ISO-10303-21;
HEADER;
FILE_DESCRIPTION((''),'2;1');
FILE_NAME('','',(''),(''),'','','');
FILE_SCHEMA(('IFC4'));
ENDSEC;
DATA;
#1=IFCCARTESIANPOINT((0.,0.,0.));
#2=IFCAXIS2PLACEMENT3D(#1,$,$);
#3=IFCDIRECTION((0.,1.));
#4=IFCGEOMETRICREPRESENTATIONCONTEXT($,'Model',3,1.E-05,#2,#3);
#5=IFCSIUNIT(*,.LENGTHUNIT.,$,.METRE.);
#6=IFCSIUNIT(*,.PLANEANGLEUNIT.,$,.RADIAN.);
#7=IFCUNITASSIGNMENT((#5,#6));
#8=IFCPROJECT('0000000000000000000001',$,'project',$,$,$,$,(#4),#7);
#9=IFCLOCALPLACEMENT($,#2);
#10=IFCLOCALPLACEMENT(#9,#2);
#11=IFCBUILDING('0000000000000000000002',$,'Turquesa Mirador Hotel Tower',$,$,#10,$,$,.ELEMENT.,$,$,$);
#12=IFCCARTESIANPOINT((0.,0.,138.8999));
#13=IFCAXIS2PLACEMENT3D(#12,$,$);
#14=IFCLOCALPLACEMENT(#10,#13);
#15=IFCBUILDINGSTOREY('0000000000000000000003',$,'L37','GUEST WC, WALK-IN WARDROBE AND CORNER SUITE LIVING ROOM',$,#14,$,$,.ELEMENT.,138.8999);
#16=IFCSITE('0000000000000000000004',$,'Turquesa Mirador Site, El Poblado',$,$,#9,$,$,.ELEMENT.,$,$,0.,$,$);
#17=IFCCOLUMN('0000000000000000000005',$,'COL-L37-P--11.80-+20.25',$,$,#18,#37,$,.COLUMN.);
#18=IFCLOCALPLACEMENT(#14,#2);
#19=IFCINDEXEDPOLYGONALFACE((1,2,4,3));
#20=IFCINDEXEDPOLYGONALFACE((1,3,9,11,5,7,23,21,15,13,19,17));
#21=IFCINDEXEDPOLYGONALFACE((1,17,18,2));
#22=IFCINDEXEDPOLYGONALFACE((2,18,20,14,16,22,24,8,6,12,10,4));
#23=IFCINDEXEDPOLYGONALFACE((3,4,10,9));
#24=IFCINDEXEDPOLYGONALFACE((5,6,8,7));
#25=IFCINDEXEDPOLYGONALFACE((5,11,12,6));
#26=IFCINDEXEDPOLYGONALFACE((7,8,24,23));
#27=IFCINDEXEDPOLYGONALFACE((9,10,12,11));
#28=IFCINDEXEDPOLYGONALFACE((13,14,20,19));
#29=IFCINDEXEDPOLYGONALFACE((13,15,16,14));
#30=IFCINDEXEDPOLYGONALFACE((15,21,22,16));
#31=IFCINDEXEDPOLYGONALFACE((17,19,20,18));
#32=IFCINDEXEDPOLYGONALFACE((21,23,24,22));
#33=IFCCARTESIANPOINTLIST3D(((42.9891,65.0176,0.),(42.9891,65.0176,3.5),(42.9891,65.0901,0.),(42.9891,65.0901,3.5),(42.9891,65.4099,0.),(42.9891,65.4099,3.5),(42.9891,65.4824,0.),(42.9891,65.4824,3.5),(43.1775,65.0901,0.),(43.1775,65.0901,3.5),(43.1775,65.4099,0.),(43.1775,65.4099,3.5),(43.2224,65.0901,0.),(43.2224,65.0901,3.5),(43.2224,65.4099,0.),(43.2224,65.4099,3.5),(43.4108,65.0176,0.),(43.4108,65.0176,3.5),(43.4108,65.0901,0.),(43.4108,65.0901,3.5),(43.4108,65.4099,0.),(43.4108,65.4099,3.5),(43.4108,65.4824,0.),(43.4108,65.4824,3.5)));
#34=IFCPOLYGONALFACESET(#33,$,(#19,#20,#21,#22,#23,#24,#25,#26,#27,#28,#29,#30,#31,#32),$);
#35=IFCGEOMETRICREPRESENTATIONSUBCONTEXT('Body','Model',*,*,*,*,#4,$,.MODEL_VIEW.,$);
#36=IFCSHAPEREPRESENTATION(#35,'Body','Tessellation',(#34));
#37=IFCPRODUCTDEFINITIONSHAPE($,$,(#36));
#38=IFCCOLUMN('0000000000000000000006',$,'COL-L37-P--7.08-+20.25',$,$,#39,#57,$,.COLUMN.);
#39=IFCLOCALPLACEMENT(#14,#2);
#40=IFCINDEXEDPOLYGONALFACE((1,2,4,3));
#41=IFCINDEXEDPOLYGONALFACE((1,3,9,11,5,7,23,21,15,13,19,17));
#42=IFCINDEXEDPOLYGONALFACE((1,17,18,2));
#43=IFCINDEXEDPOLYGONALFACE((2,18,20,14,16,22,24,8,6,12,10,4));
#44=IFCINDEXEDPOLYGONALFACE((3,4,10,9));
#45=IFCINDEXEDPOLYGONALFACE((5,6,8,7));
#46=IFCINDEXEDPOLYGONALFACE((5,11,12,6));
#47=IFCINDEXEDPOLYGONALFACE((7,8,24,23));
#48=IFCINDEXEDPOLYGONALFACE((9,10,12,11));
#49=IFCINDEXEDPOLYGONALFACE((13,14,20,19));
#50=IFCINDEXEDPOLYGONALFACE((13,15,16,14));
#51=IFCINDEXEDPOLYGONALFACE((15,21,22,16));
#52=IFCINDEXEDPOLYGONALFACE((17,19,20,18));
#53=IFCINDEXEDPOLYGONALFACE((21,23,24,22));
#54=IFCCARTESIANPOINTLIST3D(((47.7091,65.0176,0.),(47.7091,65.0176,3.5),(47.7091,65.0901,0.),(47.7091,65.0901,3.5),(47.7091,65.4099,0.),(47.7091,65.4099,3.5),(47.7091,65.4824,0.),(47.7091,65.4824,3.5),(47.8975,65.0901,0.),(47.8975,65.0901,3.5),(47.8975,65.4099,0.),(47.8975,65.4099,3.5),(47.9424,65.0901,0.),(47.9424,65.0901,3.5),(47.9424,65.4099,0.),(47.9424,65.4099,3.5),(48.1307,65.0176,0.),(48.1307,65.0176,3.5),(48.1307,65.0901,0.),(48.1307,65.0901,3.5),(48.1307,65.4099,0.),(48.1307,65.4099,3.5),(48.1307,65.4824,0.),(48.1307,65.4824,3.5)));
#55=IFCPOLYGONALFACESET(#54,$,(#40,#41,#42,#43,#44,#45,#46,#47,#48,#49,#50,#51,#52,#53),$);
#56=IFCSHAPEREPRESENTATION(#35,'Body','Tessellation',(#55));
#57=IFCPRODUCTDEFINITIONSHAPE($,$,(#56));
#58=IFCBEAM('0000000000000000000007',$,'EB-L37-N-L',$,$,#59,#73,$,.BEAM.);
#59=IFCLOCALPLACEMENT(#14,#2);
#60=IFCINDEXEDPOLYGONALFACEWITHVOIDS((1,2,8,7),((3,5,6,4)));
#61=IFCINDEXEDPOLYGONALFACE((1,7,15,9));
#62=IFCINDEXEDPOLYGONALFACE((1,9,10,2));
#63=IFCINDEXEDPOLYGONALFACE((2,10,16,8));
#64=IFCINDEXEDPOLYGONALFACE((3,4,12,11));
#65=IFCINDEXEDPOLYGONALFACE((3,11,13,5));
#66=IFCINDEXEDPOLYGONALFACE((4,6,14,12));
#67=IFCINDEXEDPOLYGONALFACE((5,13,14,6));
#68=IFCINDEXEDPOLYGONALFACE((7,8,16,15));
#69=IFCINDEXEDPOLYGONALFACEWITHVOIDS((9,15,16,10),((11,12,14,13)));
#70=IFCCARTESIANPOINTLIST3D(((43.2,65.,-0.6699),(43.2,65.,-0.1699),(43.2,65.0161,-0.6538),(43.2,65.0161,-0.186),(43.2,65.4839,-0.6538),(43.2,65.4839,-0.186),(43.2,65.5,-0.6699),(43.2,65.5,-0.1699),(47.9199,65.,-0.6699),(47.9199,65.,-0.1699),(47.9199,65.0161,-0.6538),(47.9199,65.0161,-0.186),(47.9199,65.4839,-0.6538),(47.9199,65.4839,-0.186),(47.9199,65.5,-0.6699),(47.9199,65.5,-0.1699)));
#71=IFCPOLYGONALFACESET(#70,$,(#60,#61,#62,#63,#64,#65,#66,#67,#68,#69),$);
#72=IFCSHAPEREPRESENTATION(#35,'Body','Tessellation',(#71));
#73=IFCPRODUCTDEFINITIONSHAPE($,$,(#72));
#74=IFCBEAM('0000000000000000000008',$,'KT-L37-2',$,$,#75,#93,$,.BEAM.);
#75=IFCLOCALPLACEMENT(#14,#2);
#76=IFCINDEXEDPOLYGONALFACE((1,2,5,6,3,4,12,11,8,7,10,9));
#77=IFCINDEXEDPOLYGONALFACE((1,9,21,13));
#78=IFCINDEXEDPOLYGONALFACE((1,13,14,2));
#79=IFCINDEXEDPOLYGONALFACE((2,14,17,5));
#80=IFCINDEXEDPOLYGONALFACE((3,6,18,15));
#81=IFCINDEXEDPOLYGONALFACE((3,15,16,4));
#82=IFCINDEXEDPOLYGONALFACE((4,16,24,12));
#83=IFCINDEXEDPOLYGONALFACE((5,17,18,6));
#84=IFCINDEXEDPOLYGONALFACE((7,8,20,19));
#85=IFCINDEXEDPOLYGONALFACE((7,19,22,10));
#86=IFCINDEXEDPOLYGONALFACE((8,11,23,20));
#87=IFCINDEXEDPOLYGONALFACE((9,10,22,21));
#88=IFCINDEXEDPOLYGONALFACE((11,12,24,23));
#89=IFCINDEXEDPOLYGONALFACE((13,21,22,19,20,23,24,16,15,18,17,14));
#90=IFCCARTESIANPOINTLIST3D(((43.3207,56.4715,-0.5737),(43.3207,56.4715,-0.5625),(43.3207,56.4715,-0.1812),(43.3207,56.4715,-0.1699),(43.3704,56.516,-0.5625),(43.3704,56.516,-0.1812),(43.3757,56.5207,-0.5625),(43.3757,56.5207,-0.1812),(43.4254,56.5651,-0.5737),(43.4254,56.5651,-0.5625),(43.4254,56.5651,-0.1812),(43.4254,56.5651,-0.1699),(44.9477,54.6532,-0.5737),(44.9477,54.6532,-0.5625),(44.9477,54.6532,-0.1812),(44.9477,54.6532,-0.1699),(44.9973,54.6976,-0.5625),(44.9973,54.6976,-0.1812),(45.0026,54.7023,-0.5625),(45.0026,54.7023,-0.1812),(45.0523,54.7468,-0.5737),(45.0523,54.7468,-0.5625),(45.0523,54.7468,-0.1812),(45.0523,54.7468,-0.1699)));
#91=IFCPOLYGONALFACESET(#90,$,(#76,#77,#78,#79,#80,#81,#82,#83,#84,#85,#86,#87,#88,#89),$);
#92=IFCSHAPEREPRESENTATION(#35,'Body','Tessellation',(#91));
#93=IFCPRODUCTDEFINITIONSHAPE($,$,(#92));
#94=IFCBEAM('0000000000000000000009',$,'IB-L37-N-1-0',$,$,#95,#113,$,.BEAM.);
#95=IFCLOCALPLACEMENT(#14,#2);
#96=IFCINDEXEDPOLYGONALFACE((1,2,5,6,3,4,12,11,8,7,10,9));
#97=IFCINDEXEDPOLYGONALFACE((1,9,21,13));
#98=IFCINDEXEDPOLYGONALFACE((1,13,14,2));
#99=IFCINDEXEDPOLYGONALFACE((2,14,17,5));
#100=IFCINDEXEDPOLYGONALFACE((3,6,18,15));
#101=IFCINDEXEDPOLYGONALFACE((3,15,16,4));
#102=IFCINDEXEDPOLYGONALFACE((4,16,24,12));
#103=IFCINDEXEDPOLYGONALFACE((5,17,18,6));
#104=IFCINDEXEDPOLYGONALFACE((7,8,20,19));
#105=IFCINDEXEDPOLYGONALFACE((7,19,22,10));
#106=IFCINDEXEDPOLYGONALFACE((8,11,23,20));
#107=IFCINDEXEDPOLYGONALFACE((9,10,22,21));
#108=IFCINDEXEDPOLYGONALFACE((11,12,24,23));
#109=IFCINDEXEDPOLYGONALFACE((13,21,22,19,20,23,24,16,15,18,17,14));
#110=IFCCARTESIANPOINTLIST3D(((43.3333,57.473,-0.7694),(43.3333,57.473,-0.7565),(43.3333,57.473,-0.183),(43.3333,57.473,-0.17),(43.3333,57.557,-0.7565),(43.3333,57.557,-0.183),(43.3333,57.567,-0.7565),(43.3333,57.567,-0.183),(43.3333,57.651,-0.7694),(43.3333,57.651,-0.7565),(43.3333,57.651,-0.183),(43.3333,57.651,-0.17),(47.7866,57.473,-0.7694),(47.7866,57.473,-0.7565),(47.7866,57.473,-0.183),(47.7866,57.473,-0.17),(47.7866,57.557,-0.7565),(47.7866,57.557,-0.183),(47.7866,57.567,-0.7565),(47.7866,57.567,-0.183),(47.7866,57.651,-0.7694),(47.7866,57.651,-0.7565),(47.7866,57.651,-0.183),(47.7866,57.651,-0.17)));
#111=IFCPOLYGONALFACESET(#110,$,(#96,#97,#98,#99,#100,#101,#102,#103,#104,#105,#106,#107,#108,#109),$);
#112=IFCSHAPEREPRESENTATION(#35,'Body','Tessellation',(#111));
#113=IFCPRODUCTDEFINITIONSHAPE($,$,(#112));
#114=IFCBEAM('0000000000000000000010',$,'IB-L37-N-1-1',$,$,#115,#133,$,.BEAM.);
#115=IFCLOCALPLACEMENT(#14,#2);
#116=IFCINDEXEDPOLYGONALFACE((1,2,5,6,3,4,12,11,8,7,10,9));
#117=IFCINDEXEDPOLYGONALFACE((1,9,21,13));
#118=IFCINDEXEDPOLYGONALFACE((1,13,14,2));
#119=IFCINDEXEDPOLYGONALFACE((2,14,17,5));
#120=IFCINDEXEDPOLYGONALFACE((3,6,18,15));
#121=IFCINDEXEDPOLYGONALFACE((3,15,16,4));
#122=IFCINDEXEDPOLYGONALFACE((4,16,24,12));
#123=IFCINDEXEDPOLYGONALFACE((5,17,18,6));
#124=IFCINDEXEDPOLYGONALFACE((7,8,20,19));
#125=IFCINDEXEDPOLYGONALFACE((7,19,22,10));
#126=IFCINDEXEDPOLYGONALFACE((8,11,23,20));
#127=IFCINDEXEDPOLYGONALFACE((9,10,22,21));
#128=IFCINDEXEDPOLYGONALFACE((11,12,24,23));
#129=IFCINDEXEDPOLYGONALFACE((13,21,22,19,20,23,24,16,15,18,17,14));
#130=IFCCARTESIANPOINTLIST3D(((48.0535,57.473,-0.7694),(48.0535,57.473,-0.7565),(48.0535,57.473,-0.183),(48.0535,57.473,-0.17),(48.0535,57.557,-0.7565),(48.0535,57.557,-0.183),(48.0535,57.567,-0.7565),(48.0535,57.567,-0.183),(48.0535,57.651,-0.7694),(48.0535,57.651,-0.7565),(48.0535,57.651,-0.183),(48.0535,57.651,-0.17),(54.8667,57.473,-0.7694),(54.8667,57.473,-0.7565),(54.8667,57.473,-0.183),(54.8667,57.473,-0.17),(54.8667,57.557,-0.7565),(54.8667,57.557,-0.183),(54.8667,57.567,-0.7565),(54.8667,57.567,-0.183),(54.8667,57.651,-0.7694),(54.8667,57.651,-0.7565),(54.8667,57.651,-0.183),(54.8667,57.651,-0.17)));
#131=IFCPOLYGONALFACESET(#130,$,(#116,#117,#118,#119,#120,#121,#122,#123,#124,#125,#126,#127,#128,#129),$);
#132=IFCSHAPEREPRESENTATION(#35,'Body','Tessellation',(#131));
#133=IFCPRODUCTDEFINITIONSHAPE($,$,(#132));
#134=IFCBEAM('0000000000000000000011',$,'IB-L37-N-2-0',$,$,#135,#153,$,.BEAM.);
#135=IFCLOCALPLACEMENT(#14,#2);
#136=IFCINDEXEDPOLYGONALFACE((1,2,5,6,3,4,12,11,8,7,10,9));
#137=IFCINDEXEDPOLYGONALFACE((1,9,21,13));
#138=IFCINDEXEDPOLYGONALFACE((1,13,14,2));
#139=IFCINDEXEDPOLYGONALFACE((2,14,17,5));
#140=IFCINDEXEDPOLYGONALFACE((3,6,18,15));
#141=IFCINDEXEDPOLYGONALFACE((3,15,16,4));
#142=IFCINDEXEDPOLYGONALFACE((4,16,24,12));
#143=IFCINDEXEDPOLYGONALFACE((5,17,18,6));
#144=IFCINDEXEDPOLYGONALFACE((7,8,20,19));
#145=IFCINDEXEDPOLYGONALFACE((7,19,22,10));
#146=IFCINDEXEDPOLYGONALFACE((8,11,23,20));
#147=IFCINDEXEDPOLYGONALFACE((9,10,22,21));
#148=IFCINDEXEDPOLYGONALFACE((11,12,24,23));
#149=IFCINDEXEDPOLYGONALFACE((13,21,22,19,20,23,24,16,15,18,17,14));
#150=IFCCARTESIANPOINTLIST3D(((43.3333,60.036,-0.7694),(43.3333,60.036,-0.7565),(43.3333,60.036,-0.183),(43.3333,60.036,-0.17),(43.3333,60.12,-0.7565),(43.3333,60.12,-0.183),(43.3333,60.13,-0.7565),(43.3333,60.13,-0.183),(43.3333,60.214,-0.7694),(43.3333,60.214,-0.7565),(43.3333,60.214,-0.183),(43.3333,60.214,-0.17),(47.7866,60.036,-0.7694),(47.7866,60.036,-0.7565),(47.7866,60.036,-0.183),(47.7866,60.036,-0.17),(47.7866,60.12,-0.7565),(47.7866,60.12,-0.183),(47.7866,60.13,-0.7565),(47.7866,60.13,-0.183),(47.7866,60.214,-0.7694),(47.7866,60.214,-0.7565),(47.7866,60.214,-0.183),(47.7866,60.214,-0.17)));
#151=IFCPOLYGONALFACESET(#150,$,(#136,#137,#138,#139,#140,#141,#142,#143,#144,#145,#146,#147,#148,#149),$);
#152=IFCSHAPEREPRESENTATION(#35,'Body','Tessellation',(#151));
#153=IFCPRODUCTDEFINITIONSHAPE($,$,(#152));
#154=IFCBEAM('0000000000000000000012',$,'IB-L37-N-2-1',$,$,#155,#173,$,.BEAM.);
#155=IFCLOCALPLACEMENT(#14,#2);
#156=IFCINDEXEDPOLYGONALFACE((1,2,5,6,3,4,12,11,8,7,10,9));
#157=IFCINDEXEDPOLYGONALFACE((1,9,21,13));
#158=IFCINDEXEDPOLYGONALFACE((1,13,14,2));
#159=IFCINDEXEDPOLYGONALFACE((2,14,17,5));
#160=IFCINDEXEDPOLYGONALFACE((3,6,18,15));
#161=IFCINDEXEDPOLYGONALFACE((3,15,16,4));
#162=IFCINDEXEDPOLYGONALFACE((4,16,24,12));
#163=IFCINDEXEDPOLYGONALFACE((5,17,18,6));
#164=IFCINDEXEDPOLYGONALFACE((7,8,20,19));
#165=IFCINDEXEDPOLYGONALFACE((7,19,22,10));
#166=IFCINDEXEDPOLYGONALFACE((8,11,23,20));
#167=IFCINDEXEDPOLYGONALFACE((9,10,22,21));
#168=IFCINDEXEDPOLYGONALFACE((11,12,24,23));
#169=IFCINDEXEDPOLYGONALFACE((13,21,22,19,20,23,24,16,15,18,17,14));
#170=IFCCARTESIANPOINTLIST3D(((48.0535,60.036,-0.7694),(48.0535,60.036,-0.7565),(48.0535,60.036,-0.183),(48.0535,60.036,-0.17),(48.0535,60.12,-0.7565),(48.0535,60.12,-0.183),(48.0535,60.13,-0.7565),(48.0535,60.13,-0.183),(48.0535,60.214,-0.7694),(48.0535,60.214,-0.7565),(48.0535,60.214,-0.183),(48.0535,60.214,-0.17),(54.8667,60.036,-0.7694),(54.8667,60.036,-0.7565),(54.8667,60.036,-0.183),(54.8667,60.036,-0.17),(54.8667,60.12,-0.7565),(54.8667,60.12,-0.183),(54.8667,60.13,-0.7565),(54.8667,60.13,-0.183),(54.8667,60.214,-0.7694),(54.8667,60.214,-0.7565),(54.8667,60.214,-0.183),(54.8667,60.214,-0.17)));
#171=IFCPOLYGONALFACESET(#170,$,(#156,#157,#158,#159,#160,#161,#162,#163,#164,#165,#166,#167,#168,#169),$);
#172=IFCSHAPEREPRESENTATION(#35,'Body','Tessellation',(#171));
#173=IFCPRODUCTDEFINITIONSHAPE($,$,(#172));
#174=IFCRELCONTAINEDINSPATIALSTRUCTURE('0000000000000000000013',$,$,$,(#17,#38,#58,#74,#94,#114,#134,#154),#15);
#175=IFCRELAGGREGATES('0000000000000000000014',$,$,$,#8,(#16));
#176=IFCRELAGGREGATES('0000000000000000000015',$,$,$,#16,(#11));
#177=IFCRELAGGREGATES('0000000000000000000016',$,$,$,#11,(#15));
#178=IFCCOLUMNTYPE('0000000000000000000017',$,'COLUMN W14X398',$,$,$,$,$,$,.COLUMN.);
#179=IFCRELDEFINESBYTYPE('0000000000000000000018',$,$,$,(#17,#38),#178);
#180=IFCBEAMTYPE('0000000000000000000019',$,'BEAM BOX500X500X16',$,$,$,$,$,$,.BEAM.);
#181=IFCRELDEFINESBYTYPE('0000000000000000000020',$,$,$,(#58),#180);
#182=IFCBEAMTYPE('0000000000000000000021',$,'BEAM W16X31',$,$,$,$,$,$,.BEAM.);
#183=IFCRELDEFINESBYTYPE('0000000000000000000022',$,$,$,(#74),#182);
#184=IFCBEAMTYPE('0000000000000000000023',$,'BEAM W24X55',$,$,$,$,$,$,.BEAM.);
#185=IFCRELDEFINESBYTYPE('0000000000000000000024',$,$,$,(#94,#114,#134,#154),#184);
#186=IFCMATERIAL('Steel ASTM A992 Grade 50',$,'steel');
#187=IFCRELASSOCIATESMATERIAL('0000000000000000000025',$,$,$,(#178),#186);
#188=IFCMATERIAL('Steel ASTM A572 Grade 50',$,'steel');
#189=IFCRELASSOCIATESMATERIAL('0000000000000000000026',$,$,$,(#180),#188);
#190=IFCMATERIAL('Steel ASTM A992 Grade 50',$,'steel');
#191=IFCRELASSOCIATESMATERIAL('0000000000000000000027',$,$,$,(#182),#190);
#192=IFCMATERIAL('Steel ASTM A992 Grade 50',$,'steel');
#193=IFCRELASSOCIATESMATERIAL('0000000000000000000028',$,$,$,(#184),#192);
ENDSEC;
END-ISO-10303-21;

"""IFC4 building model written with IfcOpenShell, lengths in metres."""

from ifc_helpers import new_model, si_unit, direction, frame, origin, origin_2d, place, context, subcontext, project, spatial, hollow_rectangle, i_section, extrude, material, material_profile, profile_set, type_object, element, save


model = new_model("IFC4")

# Units and contexts
model_context = context("Model", 3, precision=1e-05, world=origin(), true_north=direction((0.0, 1.0)))
body_context = subcontext(model_context, "Body", "Model", "MODEL_VIEW")
ifc_project = project(units=[si_unit("LENGTHUNIT", "METRE"), si_unit("PLANEANGLEUNIT", "RADIAN")], contexts=[model_context])

# Site, building, storey
site_placement = place(None, origin())
site = spatial("IfcSite", under=ifc_project, at=site_placement, Name="Turquesa Mirador Site, El Poblado", CompositionType="ELEMENT", RefElevation=0.0)
building_placement = place(site_placement, origin())
building = spatial("IfcBuilding", under=site, at=building_placement, Name="Turquesa Mirador Hotel Tower", CompositionType="ELEMENT")
storey_placement = place(building_placement, frame((0.0, 0.0, 138.8999)))
storey = spatial("IfcBuildingStorey", under=building, at=storey_placement, Name="L37", Description="GUEST WC, WALK-IN WARDROBE AND CORNER SUITE LIVING ROOM", CompositionType="ELEMENT", Elevation=138.8999)

# Columns
ifc_material_1 = material(Name="Steel ASTM A992 Grade 50", Category="steel")
ifc_material_profile_1 = material_profile(ifc_material_1, i_section(OverallWidth=0.4216, OverallDepth=0.4648, WebThickness=0.0449, FlangeThickness=0.0725, at=origin_2d()), Name="W14X398")
ifc_profile_set_1 = profile_set([ifc_material_profile_1], Name="Steel ASTM A992 Grade 50")
column_type = type_object("IfcColumnType", Name="COLUMN W14X398", PredefinedType="COLUMN", material=ifc_profile_set_1)
for number, where, z_axis, x_axis, name in (
    (1, (43.2, 65.25, 0.0), (0.0, 0.0, 1.0), (1.0, 0.0, 0.0), "COL-L37-P--11.80-+20.25"),
    (2, (47.9199, 65.25, 0.0), (0.0, 0.0, 1.0), (1.0, 0.0, 0.0), "COL-L37-P--7.08-+20.25"),
):
    element("IfcColumn", number, at=place(storey_placement, frame(where, z_axis=z_axis, x_axis=x_axis)), inside=storey, type_object=column_type, Name=name, PredefinedType="COLUMN", context=body_context, shape_type="SweptSolid", body=[
        extrude(i_section(OverallWidth=0.4216, OverallDepth=0.4648, WebThickness=0.0449, FlangeThickness=0.0725, at=origin_2d()), origin(), (0.0, 0.0, 1.0), 3.5),
    ])

# Beams
ifc_material_2 = material(Name="Steel ASTM A572 Grade 50", Category="steel")
ifc_material_profile_2 = material_profile(ifc_material_2, hollow_rectangle(XDim=0.5, YDim=0.5, WallThickness=0.0161, at=origin_2d()), Name="BOX500X500X16")
ifc_profile_set_2 = profile_set([ifc_material_profile_2], Name="Steel ASTM A572 Grade 50")
beam_type_1 = type_object("IfcBeamType", Name="BEAM BOX500X500X16", PredefinedType="BEAM", material=ifc_profile_set_2)
beam_1_placement = place(storey_placement, frame((43.2, 65.25, -0.4199), z_axis=(1.0, 0.0, 0.0), x_axis=(0.0, 1.0, 0.0)))
element("IfcBeam", 3, at=beam_1_placement, inside=storey, type_object=beam_type_1, Name="EB-L37-N-L", PredefinedType="BEAM", context=body_context, shape_type="SweptSolid", body=[
    extrude(hollow_rectangle(XDim=0.5, YDim=0.5, WallThickness=0.0161, at=origin_2d()), origin(), (0.0, 0.0, 1.0), 4.72),
])
ifc_material_3 = material(Name="Steel ASTM A992 Grade 50", Category="steel")
ifc_material_profile_3 = material_profile(ifc_material_3, i_section(OverallWidth=0.1404, OverallDepth=0.4038, WebThickness=0.0071, FlangeThickness=0.0112, at=origin_2d()), Name="W16X31")
ifc_profile_set_3 = profile_set([ifc_material_profile_3], Name="Steel ASTM A992 Grade 50")
beam_type_2 = type_object("IfcBeamType", Name="BEAM W16X31", PredefinedType="BEAM", material=ifc_profile_set_3)
beam_2_placement = place(storey_placement, frame((43.373, 56.5183, -0.3718), z_axis=(0.666795, -0.745241, 0.0), x_axis=(0.745241, 0.666795, 0.0)))
element("IfcBeam", 4, at=beam_2_placement, inside=storey, type_object=beam_type_2, Name="KT-L37-2", PredefinedType="BEAM", context=body_context, shape_type="SweptSolid", body=[
    extrude(i_section(OverallWidth=0.1404, OverallDepth=0.4038, WebThickness=0.0071, FlangeThickness=0.0112, at=origin_2d()), origin(), (0.0, 0.0, 1.0), 2.4399),
])
ifc_material_4 = material(Name="Steel ASTM A992 Grade 50", Category="steel")
ifc_material_profile_4 = material_profile(ifc_material_4, i_section(OverallWidth=0.178, OverallDepth=0.5994, WebThickness=0.01, FlangeThickness=0.0129, at=origin_2d()), Name="W24X55")
ifc_profile_set_4 = profile_set([ifc_material_profile_4], Name="Steel ASTM A992 Grade 50")
beam_type_3 = type_object("IfcBeamType", Name="BEAM W24X55", PredefinedType="BEAM", material=ifc_profile_set_4)
beam_3_placement = place(storey_placement, frame((43.3333, 57.562, -0.4697), z_axis=(1.0, 0.0, 0.0), x_axis=(0.0, 1.0, 0.0)))
element("IfcBeam", 5, at=beam_3_placement, inside=storey, type_object=beam_type_3, Name="IB-L37-N-1-0", PredefinedType="BEAM", context=body_context, shape_type="SweptSolid", body=[
    extrude(i_section(OverallWidth=0.178, OverallDepth=0.5994, WebThickness=0.01, FlangeThickness=0.0129, at=origin_2d()), origin(), (0.0, 0.0, 1.0), 4.4534),
])
beam_4_placement = place(storey_placement, frame((48.0535, 57.562, -0.4697), z_axis=(1.0, 0.0, 0.0), x_axis=(0.0, 1.0, 0.0)))
element("IfcBeam", 6, at=beam_4_placement, inside=storey, type_object=beam_type_3, Name="IB-L37-N-1-1", PredefinedType="BEAM", context=body_context, shape_type="SweptSolid", body=[
    extrude(i_section(OverallWidth=0.178, OverallDepth=0.5994, WebThickness=0.01, FlangeThickness=0.0129, at=origin_2d()), origin(), (0.0, 0.0, 1.0), 6.8132),
])
beam_5_placement = place(storey_placement, frame((43.3333, 60.125, -0.4697), z_axis=(1.0, 0.0, 0.0), x_axis=(0.0, 1.0, 0.0)))
element("IfcBeam", 7, at=beam_5_placement, inside=storey, type_object=beam_type_3, Name="IB-L37-N-2-0", PredefinedType="BEAM", context=body_context, shape_type="SweptSolid", body=[
    extrude(i_section(OverallWidth=0.178, OverallDepth=0.5994, WebThickness=0.01, FlangeThickness=0.0129, at=origin_2d()), origin(), (0.0, 0.0, 1.0), 4.4534),
])
beam_6_placement = place(storey_placement, frame((48.0535, 60.125, -0.4697), z_axis=(1.0, 0.0, 0.0), x_axis=(0.0, 1.0, 0.0)))
element("IfcBeam", 8, at=beam_6_placement, inside=storey, type_object=beam_type_3, Name="IB-L37-N-2-1", PredefinedType="BEAM", context=body_context, shape_type="SweptSolid", body=[
    extrude(i_section(OverallWidth=0.178, OverallDepth=0.5994, WebThickness=0.01, FlangeThickness=0.0129, at=origin_2d()), origin(), (0.0, 0.0, 1.0), 6.8132),
])

save(model, "model.ifc")
